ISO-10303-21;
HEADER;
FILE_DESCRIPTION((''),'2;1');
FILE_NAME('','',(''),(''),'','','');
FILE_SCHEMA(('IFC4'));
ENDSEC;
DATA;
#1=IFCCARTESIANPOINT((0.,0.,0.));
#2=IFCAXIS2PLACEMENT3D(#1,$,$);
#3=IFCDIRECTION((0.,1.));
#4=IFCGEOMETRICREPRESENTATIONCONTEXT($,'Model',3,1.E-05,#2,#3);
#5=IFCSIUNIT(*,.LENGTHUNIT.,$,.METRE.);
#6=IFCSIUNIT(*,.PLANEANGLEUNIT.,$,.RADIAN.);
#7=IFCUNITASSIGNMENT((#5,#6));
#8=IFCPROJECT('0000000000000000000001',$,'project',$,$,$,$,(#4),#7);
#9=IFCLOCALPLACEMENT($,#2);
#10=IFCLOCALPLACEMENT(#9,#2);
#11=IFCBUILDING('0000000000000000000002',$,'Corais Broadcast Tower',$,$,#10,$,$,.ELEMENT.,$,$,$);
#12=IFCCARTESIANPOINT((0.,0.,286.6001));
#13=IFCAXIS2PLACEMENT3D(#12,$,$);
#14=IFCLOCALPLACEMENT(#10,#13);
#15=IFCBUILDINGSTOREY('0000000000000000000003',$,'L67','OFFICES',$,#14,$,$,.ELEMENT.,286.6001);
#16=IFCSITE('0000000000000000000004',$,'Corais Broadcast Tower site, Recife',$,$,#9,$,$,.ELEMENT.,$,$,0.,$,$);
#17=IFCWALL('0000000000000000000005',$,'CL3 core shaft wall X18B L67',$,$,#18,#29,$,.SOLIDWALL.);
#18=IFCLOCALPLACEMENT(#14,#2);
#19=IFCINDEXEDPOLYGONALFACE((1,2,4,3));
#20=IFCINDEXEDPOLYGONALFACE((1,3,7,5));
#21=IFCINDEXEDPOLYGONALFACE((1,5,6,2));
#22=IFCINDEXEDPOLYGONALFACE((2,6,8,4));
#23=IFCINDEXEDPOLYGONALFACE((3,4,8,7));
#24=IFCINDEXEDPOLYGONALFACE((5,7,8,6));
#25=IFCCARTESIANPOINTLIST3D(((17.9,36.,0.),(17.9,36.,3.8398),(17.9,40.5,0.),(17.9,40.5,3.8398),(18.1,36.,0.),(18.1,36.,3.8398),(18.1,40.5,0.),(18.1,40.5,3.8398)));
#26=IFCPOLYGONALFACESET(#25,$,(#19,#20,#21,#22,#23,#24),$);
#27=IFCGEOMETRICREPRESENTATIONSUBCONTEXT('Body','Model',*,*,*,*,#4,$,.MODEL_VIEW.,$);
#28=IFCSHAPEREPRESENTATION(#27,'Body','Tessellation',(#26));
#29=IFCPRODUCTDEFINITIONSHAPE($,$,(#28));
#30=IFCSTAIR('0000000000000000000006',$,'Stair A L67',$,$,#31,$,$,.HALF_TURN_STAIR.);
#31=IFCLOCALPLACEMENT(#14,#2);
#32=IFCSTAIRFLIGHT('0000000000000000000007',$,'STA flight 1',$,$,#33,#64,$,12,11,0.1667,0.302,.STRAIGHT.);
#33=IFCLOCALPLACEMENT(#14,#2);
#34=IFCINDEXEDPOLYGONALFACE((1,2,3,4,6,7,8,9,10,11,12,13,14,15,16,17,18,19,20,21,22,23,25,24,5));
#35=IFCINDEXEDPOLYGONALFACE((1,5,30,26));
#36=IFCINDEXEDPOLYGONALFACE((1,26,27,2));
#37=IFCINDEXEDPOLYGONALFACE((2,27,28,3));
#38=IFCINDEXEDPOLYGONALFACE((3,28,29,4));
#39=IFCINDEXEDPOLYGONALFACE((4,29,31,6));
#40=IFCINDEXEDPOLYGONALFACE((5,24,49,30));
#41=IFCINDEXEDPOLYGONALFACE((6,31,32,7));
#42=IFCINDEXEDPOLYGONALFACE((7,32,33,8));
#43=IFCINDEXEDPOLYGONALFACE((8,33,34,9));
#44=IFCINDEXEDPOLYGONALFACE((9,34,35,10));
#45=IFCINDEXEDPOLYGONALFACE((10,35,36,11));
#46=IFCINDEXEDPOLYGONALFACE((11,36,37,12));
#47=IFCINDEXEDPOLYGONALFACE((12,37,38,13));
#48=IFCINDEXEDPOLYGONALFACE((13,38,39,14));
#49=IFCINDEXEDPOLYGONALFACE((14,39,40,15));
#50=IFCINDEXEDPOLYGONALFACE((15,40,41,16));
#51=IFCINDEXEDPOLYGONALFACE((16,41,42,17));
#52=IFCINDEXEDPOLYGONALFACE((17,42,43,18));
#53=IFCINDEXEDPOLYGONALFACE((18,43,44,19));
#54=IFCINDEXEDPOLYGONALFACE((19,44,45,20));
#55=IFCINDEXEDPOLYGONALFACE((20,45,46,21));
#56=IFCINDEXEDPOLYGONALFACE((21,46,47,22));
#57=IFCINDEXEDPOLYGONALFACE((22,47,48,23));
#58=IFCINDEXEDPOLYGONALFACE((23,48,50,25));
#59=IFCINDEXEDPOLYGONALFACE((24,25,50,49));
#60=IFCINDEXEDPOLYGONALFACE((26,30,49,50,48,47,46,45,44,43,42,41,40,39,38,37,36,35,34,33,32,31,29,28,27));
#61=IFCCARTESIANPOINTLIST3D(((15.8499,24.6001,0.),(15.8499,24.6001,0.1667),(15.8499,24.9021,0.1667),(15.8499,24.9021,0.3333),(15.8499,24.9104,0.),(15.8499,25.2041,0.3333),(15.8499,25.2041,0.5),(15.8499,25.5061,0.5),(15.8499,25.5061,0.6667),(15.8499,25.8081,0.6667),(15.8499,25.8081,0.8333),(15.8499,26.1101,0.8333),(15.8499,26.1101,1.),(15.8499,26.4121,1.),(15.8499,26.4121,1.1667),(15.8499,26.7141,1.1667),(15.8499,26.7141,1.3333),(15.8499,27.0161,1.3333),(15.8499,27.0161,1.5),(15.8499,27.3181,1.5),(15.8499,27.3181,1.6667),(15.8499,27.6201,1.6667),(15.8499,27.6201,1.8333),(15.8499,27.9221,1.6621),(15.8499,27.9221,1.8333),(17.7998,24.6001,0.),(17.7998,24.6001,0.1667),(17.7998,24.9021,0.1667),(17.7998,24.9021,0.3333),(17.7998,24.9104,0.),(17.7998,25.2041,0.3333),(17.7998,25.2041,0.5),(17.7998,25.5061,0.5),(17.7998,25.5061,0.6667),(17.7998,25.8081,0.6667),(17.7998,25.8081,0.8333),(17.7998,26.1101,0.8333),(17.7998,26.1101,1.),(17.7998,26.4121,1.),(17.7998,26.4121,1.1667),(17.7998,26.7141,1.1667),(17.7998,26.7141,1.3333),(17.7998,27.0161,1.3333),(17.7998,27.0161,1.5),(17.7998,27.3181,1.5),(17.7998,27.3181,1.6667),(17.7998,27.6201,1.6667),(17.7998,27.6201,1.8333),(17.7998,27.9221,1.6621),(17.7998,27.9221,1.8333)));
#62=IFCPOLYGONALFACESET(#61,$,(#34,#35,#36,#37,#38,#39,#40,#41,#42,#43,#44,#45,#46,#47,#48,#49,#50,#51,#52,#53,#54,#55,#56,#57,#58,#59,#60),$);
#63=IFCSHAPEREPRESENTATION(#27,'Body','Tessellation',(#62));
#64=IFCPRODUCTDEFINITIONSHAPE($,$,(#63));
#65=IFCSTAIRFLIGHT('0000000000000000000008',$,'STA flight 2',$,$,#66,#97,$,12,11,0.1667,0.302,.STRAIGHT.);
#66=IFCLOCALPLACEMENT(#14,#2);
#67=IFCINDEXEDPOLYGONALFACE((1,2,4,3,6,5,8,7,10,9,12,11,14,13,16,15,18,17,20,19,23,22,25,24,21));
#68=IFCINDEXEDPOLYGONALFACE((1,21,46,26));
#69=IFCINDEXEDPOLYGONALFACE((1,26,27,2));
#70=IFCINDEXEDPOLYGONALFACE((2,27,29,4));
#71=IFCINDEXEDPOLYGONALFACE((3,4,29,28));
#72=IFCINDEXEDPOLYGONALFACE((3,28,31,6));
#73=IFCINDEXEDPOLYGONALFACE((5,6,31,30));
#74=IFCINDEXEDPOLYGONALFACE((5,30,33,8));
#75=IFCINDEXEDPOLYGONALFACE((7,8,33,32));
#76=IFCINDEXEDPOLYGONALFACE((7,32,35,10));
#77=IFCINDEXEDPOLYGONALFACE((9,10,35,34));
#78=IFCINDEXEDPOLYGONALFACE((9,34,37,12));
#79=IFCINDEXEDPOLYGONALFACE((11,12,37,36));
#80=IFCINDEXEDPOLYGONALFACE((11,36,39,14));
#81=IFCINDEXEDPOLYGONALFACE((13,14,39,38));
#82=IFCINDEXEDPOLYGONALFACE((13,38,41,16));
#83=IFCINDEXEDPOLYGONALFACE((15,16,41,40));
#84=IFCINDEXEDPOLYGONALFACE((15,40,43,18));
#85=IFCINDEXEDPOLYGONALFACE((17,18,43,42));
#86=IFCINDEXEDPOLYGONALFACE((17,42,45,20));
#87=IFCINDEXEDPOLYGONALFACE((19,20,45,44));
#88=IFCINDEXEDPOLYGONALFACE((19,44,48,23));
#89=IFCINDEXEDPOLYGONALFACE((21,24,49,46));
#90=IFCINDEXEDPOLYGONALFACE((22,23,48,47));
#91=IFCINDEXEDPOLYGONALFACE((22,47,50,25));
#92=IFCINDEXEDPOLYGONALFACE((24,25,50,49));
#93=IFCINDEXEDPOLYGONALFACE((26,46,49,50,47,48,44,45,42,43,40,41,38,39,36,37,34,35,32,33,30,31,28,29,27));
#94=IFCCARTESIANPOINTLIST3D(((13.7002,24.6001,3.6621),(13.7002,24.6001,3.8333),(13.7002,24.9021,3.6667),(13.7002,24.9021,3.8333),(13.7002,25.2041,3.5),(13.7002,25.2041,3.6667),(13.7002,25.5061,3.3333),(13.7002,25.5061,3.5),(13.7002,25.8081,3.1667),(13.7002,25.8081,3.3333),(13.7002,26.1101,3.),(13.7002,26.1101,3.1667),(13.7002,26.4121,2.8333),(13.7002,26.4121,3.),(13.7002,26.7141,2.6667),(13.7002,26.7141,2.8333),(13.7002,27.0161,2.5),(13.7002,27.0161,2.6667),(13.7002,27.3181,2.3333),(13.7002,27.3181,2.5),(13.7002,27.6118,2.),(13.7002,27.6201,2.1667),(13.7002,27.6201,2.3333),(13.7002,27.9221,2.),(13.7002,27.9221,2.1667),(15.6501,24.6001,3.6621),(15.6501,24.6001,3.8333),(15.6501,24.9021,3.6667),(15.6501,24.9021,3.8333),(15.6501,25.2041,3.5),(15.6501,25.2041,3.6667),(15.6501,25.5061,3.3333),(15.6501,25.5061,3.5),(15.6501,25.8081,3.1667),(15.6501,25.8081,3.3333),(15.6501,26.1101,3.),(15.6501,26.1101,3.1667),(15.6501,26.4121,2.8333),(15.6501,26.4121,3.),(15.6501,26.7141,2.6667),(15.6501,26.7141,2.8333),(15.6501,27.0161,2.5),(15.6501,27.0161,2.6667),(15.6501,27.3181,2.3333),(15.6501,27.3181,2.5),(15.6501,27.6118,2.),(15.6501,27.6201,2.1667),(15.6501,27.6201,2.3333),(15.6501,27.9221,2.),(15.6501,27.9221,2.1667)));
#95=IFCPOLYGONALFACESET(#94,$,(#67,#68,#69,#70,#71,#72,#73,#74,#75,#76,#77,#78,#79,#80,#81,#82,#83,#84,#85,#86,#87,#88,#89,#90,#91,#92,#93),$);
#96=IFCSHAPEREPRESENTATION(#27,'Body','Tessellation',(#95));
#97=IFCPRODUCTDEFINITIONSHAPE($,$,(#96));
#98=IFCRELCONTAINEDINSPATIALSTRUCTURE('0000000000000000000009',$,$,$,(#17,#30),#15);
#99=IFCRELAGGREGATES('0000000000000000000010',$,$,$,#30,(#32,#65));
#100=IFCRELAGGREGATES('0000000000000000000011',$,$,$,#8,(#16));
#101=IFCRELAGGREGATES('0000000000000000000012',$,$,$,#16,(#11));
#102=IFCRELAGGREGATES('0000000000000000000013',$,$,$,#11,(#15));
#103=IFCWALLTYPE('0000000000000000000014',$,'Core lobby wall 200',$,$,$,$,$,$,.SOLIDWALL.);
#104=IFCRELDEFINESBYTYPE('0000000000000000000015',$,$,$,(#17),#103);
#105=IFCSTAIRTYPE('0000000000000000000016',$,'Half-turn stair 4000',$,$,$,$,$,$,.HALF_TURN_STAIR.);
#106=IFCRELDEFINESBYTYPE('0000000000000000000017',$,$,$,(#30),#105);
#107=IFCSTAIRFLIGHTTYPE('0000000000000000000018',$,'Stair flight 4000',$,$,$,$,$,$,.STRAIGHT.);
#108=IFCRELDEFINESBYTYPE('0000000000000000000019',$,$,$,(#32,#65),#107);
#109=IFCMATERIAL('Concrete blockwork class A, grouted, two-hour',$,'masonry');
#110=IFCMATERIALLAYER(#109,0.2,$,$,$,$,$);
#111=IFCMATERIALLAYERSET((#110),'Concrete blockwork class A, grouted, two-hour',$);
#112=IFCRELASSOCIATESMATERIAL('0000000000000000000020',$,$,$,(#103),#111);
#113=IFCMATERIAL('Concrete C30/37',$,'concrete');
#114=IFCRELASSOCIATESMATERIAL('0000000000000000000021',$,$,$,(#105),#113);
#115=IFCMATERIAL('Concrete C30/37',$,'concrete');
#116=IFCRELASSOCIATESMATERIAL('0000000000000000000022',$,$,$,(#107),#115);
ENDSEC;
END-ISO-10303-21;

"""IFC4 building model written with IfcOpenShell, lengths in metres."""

from ifc_helpers import new_model, si_unit, direction, frame, frame_2d, origin, place, context, subcontext, project, spatial, polyline, rectangle, outline, extrude, material, layer, layer_set, type_object, element, aggregate, save


model = new_model("IFC4")

# Units and contexts
model_context = context("Model", 3, precision=1e-05, world=origin(), true_north=direction((0.0, 1.0)))
body_context = subcontext(model_context, "Body", "Model", "MODEL_VIEW")
ifc_project = project(units=[si_unit("LENGTHUNIT", "METRE"), si_unit("PLANEANGLEUNIT", "RADIAN")], contexts=[model_context])

# Site, building, storey
site_placement = place(None, origin())
site = spatial("IfcSite", under=ifc_project, at=site_placement, Name="Corais Broadcast Tower site, Recife", CompositionType="ELEMENT", RefElevation=0.0)
building_placement = place(site_placement, origin())
building = spatial("IfcBuilding", under=site, at=building_placement, Name="Corais Broadcast Tower", CompositionType="ELEMENT")
storey_placement = place(building_placement, frame((0.0, 0.0, 286.6001)))
storey = spatial("IfcBuildingStorey", under=building, at=storey_placement, Name="L67", Description="OFFICES", CompositionType="ELEMENT", Elevation=286.6001)

# Wall
ifc_material_1 = material(Name="Concrete blockwork class A, grouted, two-hour", Category="masonry")
ifc_layer = layer(ifc_material_1, 0.2)
ifc_layer_set = layer_set([ifc_layer], Name="Concrete blockwork class A, grouted, two-hour")
wall_type = type_object("IfcWallType", Name="Core lobby wall 200", PredefinedType="SOLIDWALL", material=ifc_layer_set)
wall_placement = place(storey_placement, frame((18.0, 36.0, 0.0), z_axis=(0.0, 0.0, 1.0), x_axis=(0.0, 1.0, 0.0)))
element("IfcWall", 1, at=wall_placement, inside=storey, type_object=wall_type, Name="CL3 core shaft wall X18B L67", PredefinedType="SOLIDWALL", context=body_context, shape_type="SweptSolid", body=[
    extrude(rectangle(XDim=4.5, YDim=0.2, at=frame_2d((2.25, 0.0))), origin(), (0.0, 0.0, 1.0), 3.8398),
])

# Stair, stair flights
ifc_material_2 = material(Name="Concrete C30/37", Category="concrete")
stair_type = type_object("IfcStairType", Name="Half-turn stair 4000", PredefinedType="HALF_TURN_STAIR", material=ifc_material_2)
stair_placement = place(storey_placement, origin())
stair = element("IfcStair", 2, at=stair_placement, inside=storey, type_object=stair_type, Name="Stair A L67", PredefinedType="HALF_TURN_STAIR")
ifc_material_3 = material(Name="Concrete C30/37", Category="concrete")
stair_flight_type = type_object("IfcStairFlightType", Name="Stair flight 4000", PredefinedType="STRAIGHT", material=ifc_material_3)
stair_flight_1_placement = place(storey_placement, frame((16.825, 24.6001, 0.0), z_axis=(0.0, 0.0, 1.0), x_axis=(0.0, 1.0, 0.0)))
stair_flight_1 = element("IfcStairFlight", 3, at=stair_flight_1_placement, type_object=stair_flight_type, Name="STA flight 1", NumberOfRisers=12, NumberOfTreads=11, PredefinedType="STRAIGHT", RiserHeight=0.1667, TreadLength=0.302, context=body_context, shape_type="SweptSolid", body=[
    extrude(outline(polyline([(0.0, 0.0), (0.0, 0.1667), (0.302, 0.1667), (0.302, 0.3333), (0.604, 0.3333), (0.604, 0.5), (0.906, 0.5), (0.906, 0.6667), (1.208, 0.6667), (1.208, 0.8333), (1.51, 0.8333), (1.51, 1.0), (1.812, 1.0), (1.812, 1.1667), (2.114, 1.1667), (2.114, 1.3333), (2.416, 1.3333), (2.416, 1.5), (2.718, 1.5), (2.718, 1.6667), (3.02, 1.6667), (3.02, 1.8333), (3.322, 1.8333), (3.322, 2.0), (3.322, 1.6621), (0.3103, 0.0), (0.0, 0.0)])), frame((0.0, 0.9751, 0.0), z_axis=(0.0, -1.0, 0.0), x_axis=(1.0, 0.0, 0.0)), (0.0, 0.0, 1.0), 1.95),
])
stair_flight_2_placement = place(storey_placement, frame((14.675, 27.9221, 2.0), z_axis=(0.0, 0.0, 1.0), x_axis=(0.0, -1.0, 0.0)))
stair_flight_2 = element("IfcStairFlight", 4, at=stair_flight_2_placement, type_object=stair_flight_type, Name="STA flight 2", NumberOfRisers=12, NumberOfTreads=11, PredefinedType="STRAIGHT", RiserHeight=0.1667, TreadLength=0.302, context=body_context, shape_type="SweptSolid", body=[
    extrude(outline(polyline([(0.0, 0.0), (0.0, 0.1667), (0.302, 0.1667), (0.302, 0.3333), (0.604, 0.3333), (0.604, 0.5), (0.906, 0.5), (0.906, 0.6667), (1.208, 0.6667), (1.208, 0.8333), (1.51, 0.8333), (1.51, 1.0), (1.812, 1.0), (1.812, 1.1667), (2.114, 1.1667), (2.114, 1.3333), (2.416, 1.3333), (2.416, 1.5), (2.718, 1.5), (2.718, 1.6667), (3.02, 1.6667), (3.02, 1.8333), (3.322, 1.8333), (3.322, 2.0), (3.322, 1.6621), (0.3103, 0.0), (0.0, 0.0)])), frame((0.0, 0.9751, 0.0), z_axis=(0.0, -1.0, 0.0), x_axis=(1.0, 0.0, 0.0)), (0.0, 0.0, 1.0), 1.95),
])
aggregate(stair, [stair_flight_1, stair_flight_2])

save(model, "model.ifc")
